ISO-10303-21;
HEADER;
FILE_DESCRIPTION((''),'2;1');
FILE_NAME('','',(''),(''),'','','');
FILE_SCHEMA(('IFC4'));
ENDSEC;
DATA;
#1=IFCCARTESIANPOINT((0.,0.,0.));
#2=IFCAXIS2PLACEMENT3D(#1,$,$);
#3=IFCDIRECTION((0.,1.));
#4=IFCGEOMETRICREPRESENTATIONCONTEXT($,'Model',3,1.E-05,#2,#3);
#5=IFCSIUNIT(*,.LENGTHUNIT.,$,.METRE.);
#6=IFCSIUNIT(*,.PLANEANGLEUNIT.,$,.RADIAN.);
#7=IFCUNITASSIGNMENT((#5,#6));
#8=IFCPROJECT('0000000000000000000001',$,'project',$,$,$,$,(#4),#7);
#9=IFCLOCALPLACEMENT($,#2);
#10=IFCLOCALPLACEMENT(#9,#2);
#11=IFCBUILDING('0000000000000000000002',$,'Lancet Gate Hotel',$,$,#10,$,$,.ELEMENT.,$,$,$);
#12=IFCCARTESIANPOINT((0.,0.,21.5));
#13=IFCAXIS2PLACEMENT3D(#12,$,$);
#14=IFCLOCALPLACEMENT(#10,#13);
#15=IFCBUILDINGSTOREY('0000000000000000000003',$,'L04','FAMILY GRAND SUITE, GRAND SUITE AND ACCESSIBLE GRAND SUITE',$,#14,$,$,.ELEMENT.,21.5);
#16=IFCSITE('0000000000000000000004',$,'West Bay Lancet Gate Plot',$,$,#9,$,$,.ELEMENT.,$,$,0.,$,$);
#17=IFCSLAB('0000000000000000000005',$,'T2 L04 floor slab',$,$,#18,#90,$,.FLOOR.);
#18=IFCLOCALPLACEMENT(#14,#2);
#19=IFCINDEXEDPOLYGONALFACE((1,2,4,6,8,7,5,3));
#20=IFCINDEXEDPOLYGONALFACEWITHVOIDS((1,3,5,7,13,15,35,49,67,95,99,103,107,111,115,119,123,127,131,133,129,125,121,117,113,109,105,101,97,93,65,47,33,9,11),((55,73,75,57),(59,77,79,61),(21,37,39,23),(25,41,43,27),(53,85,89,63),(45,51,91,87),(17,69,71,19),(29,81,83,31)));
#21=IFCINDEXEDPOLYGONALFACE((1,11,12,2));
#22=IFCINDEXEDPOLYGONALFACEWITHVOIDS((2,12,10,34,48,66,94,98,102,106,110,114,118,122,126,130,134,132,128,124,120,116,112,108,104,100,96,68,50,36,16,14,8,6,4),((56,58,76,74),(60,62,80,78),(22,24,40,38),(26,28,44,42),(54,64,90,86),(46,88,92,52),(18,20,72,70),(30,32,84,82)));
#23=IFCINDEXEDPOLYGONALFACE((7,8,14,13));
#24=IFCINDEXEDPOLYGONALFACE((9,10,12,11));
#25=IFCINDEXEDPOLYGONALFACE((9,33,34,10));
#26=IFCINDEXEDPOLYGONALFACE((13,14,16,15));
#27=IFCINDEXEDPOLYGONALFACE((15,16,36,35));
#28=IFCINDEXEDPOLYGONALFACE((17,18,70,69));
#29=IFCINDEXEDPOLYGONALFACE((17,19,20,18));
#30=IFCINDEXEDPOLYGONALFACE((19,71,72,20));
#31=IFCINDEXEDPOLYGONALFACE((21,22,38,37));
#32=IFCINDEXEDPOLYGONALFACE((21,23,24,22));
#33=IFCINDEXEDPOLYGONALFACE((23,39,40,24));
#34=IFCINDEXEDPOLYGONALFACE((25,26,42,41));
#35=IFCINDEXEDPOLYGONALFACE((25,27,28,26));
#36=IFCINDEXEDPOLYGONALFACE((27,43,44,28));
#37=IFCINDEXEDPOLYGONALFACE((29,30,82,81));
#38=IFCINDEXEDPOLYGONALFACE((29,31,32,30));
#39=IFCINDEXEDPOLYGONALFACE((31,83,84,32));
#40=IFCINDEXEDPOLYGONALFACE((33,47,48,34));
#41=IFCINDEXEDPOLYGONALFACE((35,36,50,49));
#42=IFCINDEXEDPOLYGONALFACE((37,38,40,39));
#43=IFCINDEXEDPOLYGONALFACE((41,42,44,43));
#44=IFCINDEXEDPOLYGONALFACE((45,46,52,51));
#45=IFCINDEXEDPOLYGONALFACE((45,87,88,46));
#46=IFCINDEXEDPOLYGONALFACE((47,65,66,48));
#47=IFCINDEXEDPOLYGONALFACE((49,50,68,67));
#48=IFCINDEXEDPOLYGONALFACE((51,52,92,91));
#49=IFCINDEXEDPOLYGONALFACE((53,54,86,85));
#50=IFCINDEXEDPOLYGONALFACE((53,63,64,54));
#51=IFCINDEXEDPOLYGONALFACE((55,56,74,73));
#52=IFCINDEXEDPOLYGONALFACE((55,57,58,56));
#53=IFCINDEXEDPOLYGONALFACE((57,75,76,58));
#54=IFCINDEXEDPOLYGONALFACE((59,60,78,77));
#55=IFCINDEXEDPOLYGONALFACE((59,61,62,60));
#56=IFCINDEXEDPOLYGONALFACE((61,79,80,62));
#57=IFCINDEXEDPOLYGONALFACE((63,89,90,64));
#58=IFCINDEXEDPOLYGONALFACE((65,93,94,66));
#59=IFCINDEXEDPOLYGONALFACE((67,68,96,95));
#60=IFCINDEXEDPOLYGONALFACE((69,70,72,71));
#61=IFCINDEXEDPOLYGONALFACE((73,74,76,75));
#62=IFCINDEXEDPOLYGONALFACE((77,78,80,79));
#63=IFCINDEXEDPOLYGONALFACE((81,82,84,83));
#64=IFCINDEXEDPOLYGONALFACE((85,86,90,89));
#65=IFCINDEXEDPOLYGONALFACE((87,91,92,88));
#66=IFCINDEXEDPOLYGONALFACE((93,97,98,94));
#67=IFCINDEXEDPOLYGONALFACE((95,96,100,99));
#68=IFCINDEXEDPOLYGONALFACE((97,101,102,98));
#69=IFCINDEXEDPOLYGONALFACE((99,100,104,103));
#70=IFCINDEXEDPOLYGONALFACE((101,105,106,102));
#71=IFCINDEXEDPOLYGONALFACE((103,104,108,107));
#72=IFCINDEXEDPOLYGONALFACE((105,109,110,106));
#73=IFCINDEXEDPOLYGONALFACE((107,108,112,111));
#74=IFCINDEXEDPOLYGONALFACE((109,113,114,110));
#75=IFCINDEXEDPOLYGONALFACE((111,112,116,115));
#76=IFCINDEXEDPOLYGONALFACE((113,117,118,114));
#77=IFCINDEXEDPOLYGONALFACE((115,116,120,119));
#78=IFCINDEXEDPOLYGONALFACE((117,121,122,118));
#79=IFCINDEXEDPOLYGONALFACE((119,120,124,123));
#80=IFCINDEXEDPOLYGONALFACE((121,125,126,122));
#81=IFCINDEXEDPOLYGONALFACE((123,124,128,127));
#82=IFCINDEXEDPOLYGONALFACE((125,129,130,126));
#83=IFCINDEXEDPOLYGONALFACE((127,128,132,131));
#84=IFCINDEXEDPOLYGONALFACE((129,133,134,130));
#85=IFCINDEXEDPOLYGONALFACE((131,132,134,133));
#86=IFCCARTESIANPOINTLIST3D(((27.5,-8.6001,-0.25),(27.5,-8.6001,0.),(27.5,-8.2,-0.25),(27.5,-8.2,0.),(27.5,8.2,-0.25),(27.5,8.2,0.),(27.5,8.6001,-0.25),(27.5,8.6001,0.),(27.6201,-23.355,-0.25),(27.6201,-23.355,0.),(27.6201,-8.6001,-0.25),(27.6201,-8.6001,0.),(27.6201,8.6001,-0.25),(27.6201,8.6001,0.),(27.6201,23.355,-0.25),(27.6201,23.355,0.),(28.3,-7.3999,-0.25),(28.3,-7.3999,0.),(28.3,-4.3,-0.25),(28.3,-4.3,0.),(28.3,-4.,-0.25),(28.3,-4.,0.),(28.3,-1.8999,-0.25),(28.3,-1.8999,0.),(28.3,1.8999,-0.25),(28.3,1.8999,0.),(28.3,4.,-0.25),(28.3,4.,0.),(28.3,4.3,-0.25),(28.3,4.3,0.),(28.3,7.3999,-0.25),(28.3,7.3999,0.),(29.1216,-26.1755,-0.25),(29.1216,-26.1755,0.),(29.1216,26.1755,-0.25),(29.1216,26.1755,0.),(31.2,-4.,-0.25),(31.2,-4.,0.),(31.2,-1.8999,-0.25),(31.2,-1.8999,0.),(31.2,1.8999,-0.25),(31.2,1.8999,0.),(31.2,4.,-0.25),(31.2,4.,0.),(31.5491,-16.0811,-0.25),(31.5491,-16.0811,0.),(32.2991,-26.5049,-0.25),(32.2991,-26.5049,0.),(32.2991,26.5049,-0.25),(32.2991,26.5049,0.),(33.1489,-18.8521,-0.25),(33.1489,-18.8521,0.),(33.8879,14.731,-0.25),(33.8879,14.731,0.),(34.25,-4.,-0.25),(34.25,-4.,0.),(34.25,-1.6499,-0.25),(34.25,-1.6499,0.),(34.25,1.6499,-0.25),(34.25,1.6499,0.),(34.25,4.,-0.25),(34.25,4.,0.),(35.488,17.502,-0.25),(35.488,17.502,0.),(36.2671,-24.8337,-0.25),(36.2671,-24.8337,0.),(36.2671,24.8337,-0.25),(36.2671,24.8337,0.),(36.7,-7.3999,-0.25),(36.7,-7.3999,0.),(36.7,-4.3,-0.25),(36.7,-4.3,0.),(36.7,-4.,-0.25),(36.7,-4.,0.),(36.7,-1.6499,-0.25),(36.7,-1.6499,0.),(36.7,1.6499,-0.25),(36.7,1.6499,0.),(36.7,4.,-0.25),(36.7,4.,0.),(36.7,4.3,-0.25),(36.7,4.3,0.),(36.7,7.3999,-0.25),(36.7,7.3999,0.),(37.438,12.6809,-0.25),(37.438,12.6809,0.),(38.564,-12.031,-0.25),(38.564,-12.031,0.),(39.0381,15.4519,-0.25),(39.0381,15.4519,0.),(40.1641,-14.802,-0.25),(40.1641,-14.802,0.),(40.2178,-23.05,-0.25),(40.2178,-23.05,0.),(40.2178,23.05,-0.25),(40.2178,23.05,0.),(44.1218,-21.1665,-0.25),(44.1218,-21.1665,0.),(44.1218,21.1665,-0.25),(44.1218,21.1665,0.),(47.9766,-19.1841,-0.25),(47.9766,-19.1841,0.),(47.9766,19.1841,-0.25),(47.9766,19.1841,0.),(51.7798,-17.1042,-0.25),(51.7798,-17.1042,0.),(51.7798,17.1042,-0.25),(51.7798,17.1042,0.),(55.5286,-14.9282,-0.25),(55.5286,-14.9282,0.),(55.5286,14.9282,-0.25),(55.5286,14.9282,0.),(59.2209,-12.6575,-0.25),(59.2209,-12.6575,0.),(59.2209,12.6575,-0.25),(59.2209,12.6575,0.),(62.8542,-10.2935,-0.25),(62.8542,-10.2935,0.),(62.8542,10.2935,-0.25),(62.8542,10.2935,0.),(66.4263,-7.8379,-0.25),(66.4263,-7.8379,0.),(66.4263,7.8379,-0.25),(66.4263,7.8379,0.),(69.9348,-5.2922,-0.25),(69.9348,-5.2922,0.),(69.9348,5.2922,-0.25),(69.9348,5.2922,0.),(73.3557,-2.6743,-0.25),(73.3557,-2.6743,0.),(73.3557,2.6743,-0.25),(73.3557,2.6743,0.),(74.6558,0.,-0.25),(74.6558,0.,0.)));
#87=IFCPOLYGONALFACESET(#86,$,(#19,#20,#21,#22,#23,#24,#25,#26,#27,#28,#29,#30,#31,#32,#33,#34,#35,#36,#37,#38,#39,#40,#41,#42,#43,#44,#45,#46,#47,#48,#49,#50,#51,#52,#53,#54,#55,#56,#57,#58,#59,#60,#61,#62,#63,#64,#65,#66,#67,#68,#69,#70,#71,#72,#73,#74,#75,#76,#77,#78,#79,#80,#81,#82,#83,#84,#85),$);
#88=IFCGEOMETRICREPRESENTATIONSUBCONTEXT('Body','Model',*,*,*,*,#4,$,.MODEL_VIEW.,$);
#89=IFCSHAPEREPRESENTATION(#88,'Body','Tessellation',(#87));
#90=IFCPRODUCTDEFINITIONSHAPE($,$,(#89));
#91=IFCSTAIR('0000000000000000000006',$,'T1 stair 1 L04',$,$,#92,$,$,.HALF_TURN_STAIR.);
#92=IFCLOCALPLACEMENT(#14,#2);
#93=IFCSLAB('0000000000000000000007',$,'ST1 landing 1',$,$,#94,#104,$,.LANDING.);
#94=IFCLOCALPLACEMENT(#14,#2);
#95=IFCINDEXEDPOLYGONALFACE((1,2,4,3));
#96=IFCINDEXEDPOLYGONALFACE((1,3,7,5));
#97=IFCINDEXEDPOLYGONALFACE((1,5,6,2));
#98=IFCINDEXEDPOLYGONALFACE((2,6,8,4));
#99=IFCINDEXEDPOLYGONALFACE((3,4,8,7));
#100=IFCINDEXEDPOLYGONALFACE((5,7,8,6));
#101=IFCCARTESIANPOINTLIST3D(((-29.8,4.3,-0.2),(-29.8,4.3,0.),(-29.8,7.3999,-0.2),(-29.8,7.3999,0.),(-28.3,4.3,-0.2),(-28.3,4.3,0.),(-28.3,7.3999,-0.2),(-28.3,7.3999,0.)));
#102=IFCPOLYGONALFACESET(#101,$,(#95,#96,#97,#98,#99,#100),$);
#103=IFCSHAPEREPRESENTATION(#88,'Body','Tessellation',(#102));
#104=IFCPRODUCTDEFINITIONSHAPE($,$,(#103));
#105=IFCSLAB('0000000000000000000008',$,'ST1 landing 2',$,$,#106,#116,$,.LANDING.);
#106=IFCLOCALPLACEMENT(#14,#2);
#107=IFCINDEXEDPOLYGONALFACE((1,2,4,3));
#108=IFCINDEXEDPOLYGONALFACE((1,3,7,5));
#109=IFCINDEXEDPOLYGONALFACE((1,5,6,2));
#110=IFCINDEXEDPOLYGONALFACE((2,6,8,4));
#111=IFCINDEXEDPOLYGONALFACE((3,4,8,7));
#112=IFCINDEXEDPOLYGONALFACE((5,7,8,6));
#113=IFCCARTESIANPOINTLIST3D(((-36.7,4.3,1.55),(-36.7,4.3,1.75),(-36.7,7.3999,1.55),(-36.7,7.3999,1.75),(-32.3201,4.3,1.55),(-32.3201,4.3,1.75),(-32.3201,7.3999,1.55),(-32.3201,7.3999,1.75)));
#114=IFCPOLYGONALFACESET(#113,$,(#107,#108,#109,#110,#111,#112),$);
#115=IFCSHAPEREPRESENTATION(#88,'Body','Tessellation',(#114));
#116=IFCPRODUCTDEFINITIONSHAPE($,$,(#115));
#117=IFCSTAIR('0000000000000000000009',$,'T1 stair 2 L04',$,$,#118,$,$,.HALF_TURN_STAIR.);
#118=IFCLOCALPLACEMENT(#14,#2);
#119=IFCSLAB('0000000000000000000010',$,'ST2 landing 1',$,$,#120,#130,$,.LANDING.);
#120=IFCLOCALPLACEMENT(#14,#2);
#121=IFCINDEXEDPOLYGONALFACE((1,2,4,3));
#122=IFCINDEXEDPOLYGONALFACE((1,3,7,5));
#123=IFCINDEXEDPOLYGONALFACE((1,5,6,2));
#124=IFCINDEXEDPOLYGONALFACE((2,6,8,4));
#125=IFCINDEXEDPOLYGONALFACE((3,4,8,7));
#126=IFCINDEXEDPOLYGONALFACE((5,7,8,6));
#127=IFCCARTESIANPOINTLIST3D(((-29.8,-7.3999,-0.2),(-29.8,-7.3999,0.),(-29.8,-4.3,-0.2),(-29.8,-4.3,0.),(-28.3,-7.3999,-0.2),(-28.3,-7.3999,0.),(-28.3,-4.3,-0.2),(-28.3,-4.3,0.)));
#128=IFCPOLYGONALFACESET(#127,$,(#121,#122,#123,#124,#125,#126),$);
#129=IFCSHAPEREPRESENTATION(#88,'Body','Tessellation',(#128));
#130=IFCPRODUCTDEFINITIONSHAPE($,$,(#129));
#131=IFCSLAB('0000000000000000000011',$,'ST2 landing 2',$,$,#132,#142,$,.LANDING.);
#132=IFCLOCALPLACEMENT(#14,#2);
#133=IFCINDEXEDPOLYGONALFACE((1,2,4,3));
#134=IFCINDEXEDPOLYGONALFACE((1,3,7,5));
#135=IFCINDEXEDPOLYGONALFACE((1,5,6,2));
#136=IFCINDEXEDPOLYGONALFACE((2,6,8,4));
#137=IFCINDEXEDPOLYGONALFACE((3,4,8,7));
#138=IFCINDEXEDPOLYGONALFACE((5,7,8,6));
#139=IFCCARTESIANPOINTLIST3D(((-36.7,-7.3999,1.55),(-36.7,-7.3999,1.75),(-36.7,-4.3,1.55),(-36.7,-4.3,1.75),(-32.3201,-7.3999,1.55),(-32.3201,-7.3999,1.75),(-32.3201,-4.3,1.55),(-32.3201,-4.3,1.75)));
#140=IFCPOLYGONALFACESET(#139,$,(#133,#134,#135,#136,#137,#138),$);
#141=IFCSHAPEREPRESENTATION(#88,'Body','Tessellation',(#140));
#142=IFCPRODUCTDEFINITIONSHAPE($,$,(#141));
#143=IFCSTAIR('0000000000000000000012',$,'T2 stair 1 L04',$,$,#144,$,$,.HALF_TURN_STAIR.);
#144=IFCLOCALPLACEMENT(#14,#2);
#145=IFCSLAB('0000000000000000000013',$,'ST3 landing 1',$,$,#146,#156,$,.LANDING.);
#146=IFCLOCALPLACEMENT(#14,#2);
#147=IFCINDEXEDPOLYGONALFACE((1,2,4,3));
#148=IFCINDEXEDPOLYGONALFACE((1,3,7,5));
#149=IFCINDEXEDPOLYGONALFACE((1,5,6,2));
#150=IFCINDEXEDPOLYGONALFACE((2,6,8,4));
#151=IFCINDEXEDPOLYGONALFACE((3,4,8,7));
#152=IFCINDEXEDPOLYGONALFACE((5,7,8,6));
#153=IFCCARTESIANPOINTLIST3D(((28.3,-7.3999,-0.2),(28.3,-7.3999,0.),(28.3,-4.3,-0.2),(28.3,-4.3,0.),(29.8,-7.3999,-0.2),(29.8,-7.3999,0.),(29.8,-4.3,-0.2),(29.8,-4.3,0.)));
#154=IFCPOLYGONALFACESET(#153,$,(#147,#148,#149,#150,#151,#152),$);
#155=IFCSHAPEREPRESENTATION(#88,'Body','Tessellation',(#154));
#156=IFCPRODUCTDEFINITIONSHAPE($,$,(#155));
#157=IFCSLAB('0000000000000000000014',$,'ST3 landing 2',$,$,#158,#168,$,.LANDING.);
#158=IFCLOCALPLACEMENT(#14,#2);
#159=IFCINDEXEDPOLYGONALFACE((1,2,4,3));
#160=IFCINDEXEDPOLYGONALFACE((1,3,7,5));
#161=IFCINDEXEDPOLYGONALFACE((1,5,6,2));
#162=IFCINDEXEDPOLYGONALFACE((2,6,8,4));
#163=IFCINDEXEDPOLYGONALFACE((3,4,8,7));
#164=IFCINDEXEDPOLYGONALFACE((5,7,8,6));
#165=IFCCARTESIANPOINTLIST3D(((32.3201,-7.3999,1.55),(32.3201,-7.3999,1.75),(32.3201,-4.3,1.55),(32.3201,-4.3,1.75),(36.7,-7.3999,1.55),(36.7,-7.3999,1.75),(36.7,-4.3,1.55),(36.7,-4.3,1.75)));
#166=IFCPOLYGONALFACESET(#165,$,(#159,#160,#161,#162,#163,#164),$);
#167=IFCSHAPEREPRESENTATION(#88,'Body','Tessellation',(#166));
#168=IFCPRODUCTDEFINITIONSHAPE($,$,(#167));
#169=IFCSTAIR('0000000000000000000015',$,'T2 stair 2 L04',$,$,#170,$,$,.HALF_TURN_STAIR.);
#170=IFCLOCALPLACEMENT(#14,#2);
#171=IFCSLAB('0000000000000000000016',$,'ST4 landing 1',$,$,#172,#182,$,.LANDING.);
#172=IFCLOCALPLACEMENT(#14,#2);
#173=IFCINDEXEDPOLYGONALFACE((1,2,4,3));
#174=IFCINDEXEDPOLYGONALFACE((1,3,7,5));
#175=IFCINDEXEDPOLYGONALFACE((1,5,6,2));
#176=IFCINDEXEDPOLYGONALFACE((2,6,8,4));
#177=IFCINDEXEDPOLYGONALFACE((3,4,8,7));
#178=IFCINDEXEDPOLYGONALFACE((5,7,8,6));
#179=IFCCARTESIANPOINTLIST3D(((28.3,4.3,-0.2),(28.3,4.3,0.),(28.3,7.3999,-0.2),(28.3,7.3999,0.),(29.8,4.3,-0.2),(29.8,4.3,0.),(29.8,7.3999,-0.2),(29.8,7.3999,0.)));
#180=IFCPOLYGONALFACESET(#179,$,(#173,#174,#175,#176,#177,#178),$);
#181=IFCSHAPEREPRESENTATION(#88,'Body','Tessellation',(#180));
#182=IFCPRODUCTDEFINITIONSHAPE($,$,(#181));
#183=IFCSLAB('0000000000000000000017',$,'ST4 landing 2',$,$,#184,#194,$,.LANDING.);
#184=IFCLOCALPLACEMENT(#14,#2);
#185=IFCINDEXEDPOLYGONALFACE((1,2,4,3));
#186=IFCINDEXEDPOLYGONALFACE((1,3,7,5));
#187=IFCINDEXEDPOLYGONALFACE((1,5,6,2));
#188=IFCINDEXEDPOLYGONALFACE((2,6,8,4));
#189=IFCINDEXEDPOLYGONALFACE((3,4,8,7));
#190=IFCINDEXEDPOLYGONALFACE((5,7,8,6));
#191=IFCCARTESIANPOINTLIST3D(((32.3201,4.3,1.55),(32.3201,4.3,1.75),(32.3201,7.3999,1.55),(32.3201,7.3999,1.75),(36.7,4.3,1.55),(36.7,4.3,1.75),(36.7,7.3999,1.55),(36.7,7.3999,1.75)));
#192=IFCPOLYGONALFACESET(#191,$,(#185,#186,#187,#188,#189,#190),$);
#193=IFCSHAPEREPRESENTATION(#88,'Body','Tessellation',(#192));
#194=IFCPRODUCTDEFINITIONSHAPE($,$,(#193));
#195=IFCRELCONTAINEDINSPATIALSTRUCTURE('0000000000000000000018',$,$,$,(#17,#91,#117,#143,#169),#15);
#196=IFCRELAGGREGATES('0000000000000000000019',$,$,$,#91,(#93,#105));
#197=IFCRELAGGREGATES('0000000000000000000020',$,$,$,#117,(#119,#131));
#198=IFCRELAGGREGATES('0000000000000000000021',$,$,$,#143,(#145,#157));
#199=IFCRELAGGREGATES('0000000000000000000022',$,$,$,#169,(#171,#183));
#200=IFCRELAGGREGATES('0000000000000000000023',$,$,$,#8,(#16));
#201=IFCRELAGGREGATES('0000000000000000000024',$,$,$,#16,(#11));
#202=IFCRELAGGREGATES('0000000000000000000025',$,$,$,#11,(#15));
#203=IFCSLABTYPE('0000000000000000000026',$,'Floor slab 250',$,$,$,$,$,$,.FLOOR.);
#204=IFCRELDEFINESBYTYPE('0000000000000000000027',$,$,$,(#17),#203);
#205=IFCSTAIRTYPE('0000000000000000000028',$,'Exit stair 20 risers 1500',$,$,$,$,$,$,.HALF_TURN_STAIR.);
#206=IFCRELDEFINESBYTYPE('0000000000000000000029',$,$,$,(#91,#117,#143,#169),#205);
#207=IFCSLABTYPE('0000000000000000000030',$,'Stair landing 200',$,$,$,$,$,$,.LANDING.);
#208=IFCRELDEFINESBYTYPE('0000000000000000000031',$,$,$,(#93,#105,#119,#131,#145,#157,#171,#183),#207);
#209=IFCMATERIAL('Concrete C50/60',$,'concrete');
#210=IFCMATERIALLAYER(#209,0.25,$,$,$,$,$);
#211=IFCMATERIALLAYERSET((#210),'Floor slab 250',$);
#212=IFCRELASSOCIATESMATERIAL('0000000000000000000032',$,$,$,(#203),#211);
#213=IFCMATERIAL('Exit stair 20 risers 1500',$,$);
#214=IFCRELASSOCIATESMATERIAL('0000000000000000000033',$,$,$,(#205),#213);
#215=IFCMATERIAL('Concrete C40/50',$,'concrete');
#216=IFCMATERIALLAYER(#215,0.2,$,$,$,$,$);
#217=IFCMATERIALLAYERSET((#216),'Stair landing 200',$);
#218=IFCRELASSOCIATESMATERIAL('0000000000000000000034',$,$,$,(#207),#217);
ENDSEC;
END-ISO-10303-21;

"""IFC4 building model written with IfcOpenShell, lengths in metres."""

from ifc_helpers import new_model, si_unit, direction, frame, origin, place, context, subcontext, project, spatial, polyline, outline, extrude, material, layer, layer_set, type_object, element, aggregate, save


model = new_model("IFC4")

# Units and contexts
model_context = context("Model", 3, precision=1e-05, world=origin(), true_north=direction((0.0, 1.0)))
body_context = subcontext(model_context, "Body", "Model", "MODEL_VIEW")
ifc_project = project(units=[si_unit("LENGTHUNIT", "METRE"), si_unit("PLANEANGLEUNIT", "RADIAN")], contexts=[model_context])

# Site, building, storey
site_placement = place(None, origin())
site = spatial("IfcSite", under=ifc_project, at=site_placement, Name="West Bay Lancet Gate Plot", CompositionType="ELEMENT", RefElevation=0.0)
building_placement = place(site_placement, origin())
building = spatial("IfcBuilding", under=site, at=building_placement, Name="Lancet Gate Hotel", CompositionType="ELEMENT")
storey_placement = place(building_placement, frame((0.0, 0.0, 21.5)))
storey = spatial("IfcBuildingStorey", under=building, at=storey_placement, Name="L04", Description="FAMILY GRAND SUITE, GRAND SUITE AND ACCESSIBLE GRAND SUITE", CompositionType="ELEMENT", Elevation=21.5)

# Slab
ifc_material_1 = material(Name="Concrete C50/60", Category="concrete")
ifc_layer_1 = layer(ifc_material_1, 0.25)
ifc_layer_set_1 = layer_set([ifc_layer_1], Name="Floor slab 250")
slab_type_1 = type_object("IfcSlabType", Name="Floor slab 250", PredefinedType="FLOOR", material=ifc_layer_set_1)
slab_1_placement = place(storey_placement, frame((0.0, 0.0, -0.25)))
element("IfcSlab", 1, at=slab_1_placement, inside=storey, type_object=slab_type_1, Name="T2 L04 floor slab", PredefinedType="FLOOR", context=body_context, shape_type="SweptSolid", body=[
    extrude(outline(polyline([(27.5, -8.6001), (27.6201, -8.6001), (27.6201, -23.355), (29.1216, -26.1755), (32.2991, -26.5049), (36.2671, -24.8337), (40.2178, -23.05), (44.1218, -21.1665), (47.9766, -19.1841), (51.7798, -17.1042), (55.5286, -14.9282), (59.2209, -12.6575), (62.8542, -10.2935), (66.4263, -7.8379), (69.9348, -5.2922), (73.3557, -2.6743), (74.6558, 0.0), (73.3557, 2.6743), (69.9348, 5.2922), (66.4263, 7.8379), (62.8542, 10.2935), (59.2209, 12.6575), (55.5286, 14.9282), (51.7798, 17.1042), (47.9766, 19.1841), (44.1218, 21.1665), (40.2178, 23.05), (36.2671, 24.8337), (32.2991, 26.5049), (29.1216, 26.1755), (27.6201, 23.355), (27.6201, 8.6001), (27.5, 8.6001), (27.5, 8.2), (27.5, -8.2), (27.5, -8.6001)]), holes=[polyline([(36.7, -7.3999), (36.7, -4.3), (28.3, -4.3), (28.3, -7.3999), (36.7, -7.3999)]), polyline([(28.3, -4.0), (31.2, -4.0), (31.2, -1.8999), (28.3, -1.8999), (28.3, -4.0)]), polyline([(34.25, -4.0), (36.7, -4.0), (36.7, -1.6499), (34.25, -1.6499), (34.25, -4.0)]), polyline([(36.7, 1.6499), (36.7, 4.0), (34.25, 4.0), (34.25, 1.6499), (36.7, 1.6499)]), polyline([(28.3, 1.8999), (31.2, 1.8999), (31.2, 4.0), (28.3, 4.0), (28.3, 1.8999)]), polyline([(28.3, 4.3), (36.7, 4.3), (36.7, 7.3999), (28.3, 7.3999), (28.3, 4.3)]), polyline([(31.5491, -16.0811), (33.1489, -18.8521), (40.1641, -14.802), (38.564, -12.031), (31.5491, -16.0811)]), polyline([(33.8879, 14.731), (37.438, 12.6809), (39.0381, 15.4519), (35.488, 17.502), (33.8879, 14.731)])]), origin(), (0.0, 0.0, 1.0), 0.25),
])

# Stairs, slabs
ifc_material_2 = material(Name="Exit stair 20 risers 1500")
stair_type = type_object("IfcStairType", Name="Exit stair 20 risers 1500", PredefinedType="HALF_TURN_STAIR", material=ifc_material_2)
stair_1_placement = place(storey_placement, origin())
stair_1 = element("IfcStair", 2, at=stair_1_placement, inside=storey, type_object=stair_type, Name="T1 stair 1 L04", PredefinedType="HALF_TURN_STAIR")
ifc_material_3 = material(Name="Concrete C40/50", Category="concrete")
ifc_layer_2 = layer(ifc_material_3, 0.2)
ifc_layer_set_2 = layer_set([ifc_layer_2], Name="Stair landing 200")
slab_type_2 = type_object("IfcSlabType", Name="Stair landing 200", PredefinedType="LANDING", material=ifc_layer_set_2)
slab_2_placement = place(storey_placement, frame((0.0, 0.0, -0.2)))
slab_2 = element("IfcSlab", 3, at=slab_2_placement, type_object=slab_type_2, Name="ST1 landing 1", PredefinedType="LANDING", context=body_context, shape_type="SweptSolid", body=[
    extrude(outline(polyline([(-28.3, 7.3999), (-29.8, 7.3999), (-29.8, 4.3), (-28.3, 4.3), (-28.3, 7.3999)])), origin(), (0.0, 0.0, 1.0), 0.2),
])
slab_3_placement = place(storey_placement, frame((0.0, 0.0, 1.55)))
slab_3 = element("IfcSlab", 4, at=slab_3_placement, type_object=slab_type_2, Name="ST1 landing 2", PredefinedType="LANDING", context=body_context, shape_type="SweptSolid", body=[
    extrude(outline(polyline([(-32.3201, 7.3999), (-36.7, 7.3999), (-36.7, 4.3), (-32.3201, 4.3), (-32.3201, 7.3999)])), origin(), (0.0, 0.0, 1.0), 0.2),
])
aggregate(stair_1, [slab_2, slab_3])
stair_2_placement = place(storey_placement, origin())
stair_2 = element("IfcStair", 5, at=stair_2_placement, inside=storey, type_object=stair_type, Name="T1 stair 2 L04", PredefinedType="HALF_TURN_STAIR")
slab_4_placement = place(storey_placement, frame((0.0, 0.0, -0.2)))
slab_4 = element("IfcSlab", 6, at=slab_4_placement, type_object=slab_type_2, Name="ST2 landing 1", PredefinedType="LANDING", context=body_context, shape_type="SweptSolid", body=[
    extrude(outline(polyline([(-28.3, -4.3), (-29.8, -4.3), (-29.8, -7.3999), (-28.3, -7.3999), (-28.3, -4.3)])), origin(), (0.0, 0.0, 1.0), 0.2),
])
slab_5_placement = place(storey_placement, frame((0.0, 0.0, 1.55)))
slab_5 = element("IfcSlab", 7, at=slab_5_placement, type_object=slab_type_2, Name="ST2 landing 2", PredefinedType="LANDING", context=body_context, shape_type="SweptSolid", body=[
    extrude(outline(polyline([(-32.3201, -4.3), (-36.7, -4.3), (-36.7, -7.3999), (-32.3201, -7.3999), (-32.3201, -4.3)])), origin(), (0.0, 0.0, 1.0), 0.2),
])
aggregate(stair_2, [slab_4, slab_5])
stair_3_placement = place(storey_placement, origin())
stair_3 = element("IfcStair", 8, at=stair_3_placement, inside=storey, type_object=stair_type, Name="T2 stair 1 L04", PredefinedType="HALF_TURN_STAIR")
slab_6_placement = place(storey_placement, frame((0.0, 0.0, -0.2)))
slab_6 = element("IfcSlab", 9, at=slab_6_placement, type_object=slab_type_2, Name="ST3 landing 1", PredefinedType="LANDING", context=body_context, shape_type="SweptSolid", body=[
    extrude(outline(polyline([(28.3, -7.3999), (29.8, -7.3999), (29.8, -4.3), (28.3, -4.3), (28.3, -7.3999)])), origin(), (0.0, 0.0, 1.0), 0.2),
])
slab_7_placement = place(storey_placement, frame((0.0, 0.0, 1.55)))
slab_7 = element("IfcSlab", 10, at=slab_7_placement, type_object=slab_type_2, Name="ST3 landing 2", PredefinedType="LANDING", context=body_context, shape_type="SweptSolid", body=[
    extrude(outline(polyline([(32.3201, -7.3999), (36.7, -7.3999), (36.7, -4.3), (32.3201, -4.3), (32.3201, -7.3999)])), origin(), (0.0, 0.0, 1.0), 0.2),
])
aggregate(stair_3, [slab_6, slab_7])
stair_4_placement = place(storey_placement, origin())
stair_4 = element("IfcStair", 11, at=stair_4_placement, inside=storey, type_object=stair_type, Name="T2 stair 2 L04", PredefinedType="HALF_TURN_STAIR")
slab_8_placement = place(storey_placement, frame((0.0, 0.0, -0.2)))
slab_8 = element("IfcSlab", 12, at=slab_8_placement, type_object=slab_type_2, Name="ST4 landing 1", PredefinedType="LANDING", context=body_context, shape_type="SweptSolid", body=[
    extrude(outline(polyline([(28.3, 4.3), (29.8, 4.3), (29.8, 7.3999), (28.3, 7.3999), (28.3, 4.3)])), origin(), (0.0, 0.0, 1.0), 0.2),
])
slab_9_placement = place(storey_placement, frame((0.0, 0.0, 1.55)))
slab_9 = element("IfcSlab", 13, at=slab_9_placement, type_object=slab_type_2, Name="ST4 landing 2", PredefinedType="LANDING", context=body_context, shape_type="SweptSolid", body=[
    extrude(outline(polyline([(32.3201, 4.3), (36.7, 4.3), (36.7, 7.3999), (32.3201, 7.3999), (32.3201, 4.3)])), origin(), (0.0, 0.0, 1.0), 0.2),
])
aggregate(stair_4, [slab_8, slab_9])

save(model, "model.ifc")
